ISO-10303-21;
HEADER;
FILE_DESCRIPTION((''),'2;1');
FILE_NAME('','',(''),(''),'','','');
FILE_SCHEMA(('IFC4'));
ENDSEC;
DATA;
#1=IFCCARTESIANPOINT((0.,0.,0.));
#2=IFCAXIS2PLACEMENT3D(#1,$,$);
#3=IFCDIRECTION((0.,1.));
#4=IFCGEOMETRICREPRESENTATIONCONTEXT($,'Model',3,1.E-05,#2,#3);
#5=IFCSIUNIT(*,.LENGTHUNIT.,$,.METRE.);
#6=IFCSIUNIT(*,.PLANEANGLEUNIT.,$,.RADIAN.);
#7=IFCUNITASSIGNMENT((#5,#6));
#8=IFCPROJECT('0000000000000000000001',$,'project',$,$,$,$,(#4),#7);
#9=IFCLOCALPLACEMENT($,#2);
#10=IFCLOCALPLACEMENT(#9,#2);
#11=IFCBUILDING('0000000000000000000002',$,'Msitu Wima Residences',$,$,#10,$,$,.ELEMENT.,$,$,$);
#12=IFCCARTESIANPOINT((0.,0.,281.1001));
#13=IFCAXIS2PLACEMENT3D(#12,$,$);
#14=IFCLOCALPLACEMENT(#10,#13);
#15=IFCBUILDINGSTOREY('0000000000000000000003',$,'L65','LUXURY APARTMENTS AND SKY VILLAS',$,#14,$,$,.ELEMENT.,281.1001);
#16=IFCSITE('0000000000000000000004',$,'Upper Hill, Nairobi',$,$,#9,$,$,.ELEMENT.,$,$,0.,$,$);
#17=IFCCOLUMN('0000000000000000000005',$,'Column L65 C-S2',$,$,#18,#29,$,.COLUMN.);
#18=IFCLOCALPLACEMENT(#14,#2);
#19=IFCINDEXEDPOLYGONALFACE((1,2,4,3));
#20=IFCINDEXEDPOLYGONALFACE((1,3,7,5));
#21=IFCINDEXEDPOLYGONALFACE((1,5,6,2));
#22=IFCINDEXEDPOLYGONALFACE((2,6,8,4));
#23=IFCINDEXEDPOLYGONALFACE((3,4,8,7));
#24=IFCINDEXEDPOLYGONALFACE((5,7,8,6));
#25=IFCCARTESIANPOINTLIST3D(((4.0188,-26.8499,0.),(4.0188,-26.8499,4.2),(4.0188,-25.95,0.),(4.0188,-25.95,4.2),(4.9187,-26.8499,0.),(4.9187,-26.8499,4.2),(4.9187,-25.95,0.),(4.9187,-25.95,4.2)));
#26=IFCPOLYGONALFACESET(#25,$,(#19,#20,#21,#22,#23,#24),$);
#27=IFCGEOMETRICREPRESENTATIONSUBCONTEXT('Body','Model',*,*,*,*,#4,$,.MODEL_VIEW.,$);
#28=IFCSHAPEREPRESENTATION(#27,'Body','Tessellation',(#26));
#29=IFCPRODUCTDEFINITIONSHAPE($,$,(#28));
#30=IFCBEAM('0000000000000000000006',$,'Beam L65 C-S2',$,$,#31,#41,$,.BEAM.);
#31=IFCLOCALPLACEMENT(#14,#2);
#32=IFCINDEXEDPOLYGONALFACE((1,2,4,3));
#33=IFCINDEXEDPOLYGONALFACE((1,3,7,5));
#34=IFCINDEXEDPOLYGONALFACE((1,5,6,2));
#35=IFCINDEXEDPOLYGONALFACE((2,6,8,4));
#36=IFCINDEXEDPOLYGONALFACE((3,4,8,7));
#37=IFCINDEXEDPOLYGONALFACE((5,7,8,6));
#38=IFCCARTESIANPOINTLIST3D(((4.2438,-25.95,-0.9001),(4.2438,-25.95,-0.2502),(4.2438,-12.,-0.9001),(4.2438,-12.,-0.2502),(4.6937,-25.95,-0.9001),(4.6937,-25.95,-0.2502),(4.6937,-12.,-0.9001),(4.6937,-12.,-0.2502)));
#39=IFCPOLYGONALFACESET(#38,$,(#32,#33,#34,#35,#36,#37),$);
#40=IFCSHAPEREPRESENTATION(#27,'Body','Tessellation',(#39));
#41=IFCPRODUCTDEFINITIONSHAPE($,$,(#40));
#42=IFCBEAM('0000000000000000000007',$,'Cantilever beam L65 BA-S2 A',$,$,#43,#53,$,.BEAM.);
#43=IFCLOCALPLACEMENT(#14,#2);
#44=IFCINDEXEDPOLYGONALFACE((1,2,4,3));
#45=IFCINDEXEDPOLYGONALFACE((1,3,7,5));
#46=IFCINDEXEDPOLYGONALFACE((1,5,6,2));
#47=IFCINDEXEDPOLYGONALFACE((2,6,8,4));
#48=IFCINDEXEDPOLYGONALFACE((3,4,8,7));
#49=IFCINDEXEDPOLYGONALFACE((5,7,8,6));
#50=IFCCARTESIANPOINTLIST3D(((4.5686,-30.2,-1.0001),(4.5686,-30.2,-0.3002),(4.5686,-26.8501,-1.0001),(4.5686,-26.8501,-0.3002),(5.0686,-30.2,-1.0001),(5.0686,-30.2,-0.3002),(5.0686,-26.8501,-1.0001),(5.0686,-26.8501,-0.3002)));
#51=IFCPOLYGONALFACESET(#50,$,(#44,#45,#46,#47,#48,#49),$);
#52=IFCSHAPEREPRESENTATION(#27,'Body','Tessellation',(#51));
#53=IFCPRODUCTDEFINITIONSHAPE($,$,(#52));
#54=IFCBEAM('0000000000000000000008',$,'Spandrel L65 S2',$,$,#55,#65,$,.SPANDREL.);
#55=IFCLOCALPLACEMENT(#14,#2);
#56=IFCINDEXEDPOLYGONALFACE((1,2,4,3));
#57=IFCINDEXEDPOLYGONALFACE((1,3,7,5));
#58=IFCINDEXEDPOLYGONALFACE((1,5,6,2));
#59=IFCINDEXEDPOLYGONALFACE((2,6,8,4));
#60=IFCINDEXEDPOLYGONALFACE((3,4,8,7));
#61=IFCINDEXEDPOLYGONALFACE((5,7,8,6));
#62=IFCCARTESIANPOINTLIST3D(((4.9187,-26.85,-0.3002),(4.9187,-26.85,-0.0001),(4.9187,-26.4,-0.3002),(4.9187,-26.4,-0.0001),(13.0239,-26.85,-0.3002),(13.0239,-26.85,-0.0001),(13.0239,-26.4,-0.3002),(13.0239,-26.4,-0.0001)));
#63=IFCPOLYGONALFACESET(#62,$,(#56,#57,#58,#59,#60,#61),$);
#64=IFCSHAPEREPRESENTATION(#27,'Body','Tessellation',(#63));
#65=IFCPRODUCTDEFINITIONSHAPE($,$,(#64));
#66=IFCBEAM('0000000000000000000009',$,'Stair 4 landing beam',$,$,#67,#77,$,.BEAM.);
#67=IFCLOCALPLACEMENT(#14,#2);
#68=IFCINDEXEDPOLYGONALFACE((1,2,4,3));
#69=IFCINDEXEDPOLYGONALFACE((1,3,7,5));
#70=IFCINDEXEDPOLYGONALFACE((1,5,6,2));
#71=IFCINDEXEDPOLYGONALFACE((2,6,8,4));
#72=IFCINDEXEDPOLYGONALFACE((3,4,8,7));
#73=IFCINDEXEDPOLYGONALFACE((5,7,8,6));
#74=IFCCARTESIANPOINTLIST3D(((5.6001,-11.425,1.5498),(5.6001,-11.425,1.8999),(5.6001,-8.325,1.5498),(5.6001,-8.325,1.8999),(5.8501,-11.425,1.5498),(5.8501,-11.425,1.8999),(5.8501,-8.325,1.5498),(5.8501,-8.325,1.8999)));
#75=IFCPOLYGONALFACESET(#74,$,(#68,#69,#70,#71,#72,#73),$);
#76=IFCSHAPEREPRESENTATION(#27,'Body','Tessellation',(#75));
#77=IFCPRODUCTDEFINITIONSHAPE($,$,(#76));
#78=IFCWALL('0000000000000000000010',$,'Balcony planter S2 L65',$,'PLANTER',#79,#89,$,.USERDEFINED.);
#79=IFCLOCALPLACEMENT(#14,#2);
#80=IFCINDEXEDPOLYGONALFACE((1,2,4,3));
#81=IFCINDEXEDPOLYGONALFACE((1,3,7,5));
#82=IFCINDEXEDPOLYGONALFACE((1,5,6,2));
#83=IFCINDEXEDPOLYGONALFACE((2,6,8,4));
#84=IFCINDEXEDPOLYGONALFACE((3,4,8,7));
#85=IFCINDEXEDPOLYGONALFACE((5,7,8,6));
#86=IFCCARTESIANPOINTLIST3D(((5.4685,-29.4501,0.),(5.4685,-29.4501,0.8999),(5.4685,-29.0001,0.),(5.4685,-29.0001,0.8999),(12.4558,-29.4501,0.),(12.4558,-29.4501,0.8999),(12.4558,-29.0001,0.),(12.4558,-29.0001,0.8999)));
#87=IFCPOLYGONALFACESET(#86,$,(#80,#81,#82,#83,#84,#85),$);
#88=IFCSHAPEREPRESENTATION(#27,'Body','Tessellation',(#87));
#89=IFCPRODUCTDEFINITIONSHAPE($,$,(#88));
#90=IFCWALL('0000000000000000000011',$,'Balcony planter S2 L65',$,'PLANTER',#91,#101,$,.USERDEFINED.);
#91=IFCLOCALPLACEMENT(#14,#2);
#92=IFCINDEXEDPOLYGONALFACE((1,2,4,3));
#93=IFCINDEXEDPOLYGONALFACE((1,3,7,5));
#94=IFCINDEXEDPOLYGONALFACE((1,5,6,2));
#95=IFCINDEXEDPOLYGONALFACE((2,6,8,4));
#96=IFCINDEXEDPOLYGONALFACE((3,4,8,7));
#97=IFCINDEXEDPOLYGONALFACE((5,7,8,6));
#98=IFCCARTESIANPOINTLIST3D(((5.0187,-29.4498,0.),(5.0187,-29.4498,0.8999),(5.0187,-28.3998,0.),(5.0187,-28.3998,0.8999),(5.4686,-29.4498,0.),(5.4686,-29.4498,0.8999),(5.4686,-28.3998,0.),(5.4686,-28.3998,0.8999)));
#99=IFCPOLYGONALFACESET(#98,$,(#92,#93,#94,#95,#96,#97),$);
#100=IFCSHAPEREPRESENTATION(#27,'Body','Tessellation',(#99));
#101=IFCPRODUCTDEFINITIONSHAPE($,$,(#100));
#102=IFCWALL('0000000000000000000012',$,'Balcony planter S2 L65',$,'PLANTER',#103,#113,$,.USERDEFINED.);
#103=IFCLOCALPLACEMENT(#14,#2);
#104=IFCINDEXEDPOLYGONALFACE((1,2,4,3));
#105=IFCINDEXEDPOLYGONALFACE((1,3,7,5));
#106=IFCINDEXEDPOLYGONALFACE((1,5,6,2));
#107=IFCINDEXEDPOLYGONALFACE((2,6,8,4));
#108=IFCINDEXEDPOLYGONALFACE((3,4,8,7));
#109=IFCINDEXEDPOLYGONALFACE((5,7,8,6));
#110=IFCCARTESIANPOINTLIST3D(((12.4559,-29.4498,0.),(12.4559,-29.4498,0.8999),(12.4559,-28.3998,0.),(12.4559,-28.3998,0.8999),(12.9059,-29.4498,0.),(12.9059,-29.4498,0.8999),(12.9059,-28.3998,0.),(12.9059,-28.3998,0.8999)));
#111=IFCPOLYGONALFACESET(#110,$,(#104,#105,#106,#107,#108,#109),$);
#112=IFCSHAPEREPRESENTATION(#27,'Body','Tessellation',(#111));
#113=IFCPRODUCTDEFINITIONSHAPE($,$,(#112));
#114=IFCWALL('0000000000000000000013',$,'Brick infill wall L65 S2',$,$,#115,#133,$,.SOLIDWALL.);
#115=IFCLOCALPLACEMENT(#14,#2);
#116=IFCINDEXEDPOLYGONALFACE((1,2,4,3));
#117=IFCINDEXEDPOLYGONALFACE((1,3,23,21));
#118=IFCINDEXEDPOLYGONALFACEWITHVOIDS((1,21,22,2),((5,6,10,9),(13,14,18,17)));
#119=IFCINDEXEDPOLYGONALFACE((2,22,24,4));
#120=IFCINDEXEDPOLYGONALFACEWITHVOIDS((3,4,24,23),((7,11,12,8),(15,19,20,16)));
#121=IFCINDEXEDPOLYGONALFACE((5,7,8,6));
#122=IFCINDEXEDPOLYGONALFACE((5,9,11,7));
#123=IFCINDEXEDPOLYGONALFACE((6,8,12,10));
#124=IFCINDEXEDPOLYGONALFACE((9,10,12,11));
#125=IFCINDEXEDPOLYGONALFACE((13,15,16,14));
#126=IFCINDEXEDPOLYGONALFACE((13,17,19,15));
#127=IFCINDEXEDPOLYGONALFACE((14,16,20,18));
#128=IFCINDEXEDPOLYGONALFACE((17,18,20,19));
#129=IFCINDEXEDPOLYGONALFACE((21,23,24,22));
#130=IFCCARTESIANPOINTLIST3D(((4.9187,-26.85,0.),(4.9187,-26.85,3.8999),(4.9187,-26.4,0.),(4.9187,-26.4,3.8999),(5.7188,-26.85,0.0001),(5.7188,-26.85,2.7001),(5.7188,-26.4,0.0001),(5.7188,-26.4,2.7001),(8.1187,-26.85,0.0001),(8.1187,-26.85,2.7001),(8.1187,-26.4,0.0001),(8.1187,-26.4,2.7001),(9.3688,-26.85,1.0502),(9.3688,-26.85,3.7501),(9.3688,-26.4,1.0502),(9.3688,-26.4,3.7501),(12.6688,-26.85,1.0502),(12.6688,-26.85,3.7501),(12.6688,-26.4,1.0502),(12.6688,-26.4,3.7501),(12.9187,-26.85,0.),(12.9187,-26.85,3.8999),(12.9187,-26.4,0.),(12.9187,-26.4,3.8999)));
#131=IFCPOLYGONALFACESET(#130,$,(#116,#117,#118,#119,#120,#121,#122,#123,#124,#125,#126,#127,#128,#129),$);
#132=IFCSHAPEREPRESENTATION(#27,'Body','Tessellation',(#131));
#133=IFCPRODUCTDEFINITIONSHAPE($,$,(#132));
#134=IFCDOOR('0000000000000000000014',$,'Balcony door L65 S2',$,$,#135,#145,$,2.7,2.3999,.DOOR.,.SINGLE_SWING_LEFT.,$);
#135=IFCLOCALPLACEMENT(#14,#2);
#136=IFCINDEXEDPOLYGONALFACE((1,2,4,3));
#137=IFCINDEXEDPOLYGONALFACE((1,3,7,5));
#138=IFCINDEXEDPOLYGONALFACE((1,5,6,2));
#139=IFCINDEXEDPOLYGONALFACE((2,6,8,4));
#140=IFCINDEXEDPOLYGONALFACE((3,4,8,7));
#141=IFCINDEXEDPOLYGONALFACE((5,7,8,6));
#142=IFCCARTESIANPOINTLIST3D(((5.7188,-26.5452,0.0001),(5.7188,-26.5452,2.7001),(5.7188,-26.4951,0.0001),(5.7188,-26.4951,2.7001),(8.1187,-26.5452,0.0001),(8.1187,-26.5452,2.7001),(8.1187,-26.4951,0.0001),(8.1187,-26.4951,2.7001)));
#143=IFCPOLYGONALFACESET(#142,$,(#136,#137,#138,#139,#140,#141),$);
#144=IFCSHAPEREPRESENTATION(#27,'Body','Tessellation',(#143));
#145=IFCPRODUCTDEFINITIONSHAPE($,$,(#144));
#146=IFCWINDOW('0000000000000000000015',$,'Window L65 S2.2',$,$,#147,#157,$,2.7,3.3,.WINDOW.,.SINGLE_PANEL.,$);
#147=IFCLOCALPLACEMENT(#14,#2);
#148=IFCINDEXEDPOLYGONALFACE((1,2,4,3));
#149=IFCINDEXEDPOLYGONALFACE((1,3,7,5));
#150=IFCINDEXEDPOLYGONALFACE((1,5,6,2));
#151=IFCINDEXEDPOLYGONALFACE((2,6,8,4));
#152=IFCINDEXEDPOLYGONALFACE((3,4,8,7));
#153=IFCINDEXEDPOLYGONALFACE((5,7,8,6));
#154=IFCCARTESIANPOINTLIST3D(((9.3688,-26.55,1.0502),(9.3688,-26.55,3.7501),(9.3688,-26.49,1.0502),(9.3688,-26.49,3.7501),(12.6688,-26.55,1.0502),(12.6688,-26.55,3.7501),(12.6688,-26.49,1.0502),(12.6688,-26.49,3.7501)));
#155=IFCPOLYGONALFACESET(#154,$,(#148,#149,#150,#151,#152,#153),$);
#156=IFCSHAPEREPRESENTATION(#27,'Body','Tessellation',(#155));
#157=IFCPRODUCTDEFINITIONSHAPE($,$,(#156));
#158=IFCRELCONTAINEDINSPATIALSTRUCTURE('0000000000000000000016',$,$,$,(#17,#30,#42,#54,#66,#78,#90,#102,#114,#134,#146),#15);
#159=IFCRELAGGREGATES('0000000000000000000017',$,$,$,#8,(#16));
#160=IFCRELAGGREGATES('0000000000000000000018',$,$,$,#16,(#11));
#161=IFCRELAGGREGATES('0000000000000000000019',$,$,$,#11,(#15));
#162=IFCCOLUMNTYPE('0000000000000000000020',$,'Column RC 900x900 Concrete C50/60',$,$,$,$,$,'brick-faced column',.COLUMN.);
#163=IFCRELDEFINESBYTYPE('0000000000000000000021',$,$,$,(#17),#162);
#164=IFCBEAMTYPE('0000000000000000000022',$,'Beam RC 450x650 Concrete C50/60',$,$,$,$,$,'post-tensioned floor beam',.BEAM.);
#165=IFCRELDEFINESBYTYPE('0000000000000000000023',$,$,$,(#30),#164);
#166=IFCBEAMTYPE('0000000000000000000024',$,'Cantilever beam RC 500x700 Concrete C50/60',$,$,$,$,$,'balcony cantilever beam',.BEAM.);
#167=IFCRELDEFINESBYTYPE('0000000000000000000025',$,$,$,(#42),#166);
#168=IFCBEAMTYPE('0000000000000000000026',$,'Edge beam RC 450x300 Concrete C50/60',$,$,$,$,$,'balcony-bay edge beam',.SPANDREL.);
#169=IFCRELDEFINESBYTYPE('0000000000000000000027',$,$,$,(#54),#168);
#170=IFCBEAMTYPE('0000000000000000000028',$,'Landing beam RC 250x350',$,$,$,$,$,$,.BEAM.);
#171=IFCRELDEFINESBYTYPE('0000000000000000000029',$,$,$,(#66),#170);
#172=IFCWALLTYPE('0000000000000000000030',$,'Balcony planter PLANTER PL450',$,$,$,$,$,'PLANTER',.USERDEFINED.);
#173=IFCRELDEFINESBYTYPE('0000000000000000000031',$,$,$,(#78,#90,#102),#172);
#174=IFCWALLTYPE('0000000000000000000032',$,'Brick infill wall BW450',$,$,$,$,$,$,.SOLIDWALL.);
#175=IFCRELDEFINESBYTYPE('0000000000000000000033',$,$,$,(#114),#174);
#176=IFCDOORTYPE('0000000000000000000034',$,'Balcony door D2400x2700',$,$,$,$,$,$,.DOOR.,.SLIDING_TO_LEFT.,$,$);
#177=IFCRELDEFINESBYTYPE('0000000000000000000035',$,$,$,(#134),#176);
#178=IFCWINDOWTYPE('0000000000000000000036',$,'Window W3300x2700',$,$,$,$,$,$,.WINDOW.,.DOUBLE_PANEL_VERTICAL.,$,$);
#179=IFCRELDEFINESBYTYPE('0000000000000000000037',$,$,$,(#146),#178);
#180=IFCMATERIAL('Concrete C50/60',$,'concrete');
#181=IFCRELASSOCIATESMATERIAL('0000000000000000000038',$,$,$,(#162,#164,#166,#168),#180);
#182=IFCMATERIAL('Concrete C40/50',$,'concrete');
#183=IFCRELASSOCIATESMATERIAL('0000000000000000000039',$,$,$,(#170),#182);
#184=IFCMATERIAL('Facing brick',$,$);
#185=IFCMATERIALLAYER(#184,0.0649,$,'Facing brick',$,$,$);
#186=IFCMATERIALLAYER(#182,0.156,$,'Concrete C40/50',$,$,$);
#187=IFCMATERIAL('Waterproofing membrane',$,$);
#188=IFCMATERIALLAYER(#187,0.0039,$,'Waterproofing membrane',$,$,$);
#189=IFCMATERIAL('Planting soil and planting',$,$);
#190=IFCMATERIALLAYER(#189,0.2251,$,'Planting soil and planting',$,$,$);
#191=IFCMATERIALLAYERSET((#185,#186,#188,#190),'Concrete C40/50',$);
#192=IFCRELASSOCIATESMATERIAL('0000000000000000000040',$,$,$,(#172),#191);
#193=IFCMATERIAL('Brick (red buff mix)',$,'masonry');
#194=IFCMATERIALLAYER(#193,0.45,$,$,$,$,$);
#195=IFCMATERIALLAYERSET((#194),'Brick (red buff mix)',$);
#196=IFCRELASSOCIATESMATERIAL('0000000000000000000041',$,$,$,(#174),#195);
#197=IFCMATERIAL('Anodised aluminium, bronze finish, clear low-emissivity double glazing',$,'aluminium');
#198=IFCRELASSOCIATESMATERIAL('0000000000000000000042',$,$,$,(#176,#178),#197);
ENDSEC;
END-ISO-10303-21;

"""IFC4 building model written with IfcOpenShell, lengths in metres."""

from ifc_helpers import new_model, si_unit, direction, frame, frame_2d, origin, origin_2d, place, context, subcontext, project, spatial, rectangle, extrude, material, layer, layer_set, material_profile, profile_set, type_object, element, fill, save


model = new_model("IFC4")

# Units and contexts
model_context = context("Model", 3, precision=1e-05, world=origin(), true_north=direction((0.0, 1.0)))
body_context = subcontext(model_context, "Body", "Model", "MODEL_VIEW")
ifc_project = project(units=[si_unit("LENGTHUNIT", "METRE"), si_unit("PLANEANGLEUNIT", "RADIAN")], contexts=[model_context])

# Site, building, storey
site_placement = place(None, origin())
site = spatial("IfcSite", under=ifc_project, at=site_placement, Name="Upper Hill, Nairobi", CompositionType="ELEMENT", RefElevation=0.0)
building_placement = place(site_placement, origin())
building = spatial("IfcBuilding", under=site, at=building_placement, Name="Msitu Wima Residences", CompositionType="ELEMENT")
storey_placement = place(building_placement, frame((0.0, 0.0, 281.1001)))
storey = spatial("IfcBuildingStorey", under=building, at=storey_placement, Name="L65", Description="LUXURY APARTMENTS AND SKY VILLAS", CompositionType="ELEMENT", Elevation=281.1001)

# Column
ifc_material_1 = material(Name="Concrete C50/60", Category="concrete")
ifc_material_profile_1 = material_profile(ifc_material_1, rectangle(XDim=0.8999, YDim=0.8999, at=origin_2d()), Name="RC 900x900")
ifc_profile_set_1 = profile_set([ifc_material_profile_1], Name="Concrete C50/60")
column_type = type_object("IfcColumnType", Name="Column RC 900x900 Concrete C50/60", ElementType="brick-faced column", PredefinedType="COLUMN", material=ifc_profile_set_1)
column_placement = place(storey_placement, frame((4.4688, -26.3999, 0.0), z_axis=(0.0, 0.0, 1.0), x_axis=(1.0, 0.0, 0.0)))
element("IfcColumn", 1, at=column_placement, inside=storey, type_object=column_type, Name="Column L65 C-S2", PredefinedType="COLUMN", context=body_context, shape_type="SweptSolid", body=[
    extrude(rectangle(XDim=0.8999, YDim=0.8999, at=origin_2d()), origin(), (0.0, 0.0, 1.0), 4.2),
])

# Beams
ifc_material_profile_2 = material_profile(ifc_material_1, rectangle(XDim=0.45, YDim=0.6499, at=origin_2d()), Name="RC 450x650")
ifc_profile_set_2 = profile_set([ifc_material_profile_2], Name="Concrete C50/60")
beam_type_1 = type_object("IfcBeamType", Name="Beam RC 450x650 Concrete C50/60", ElementType="post-tensioned floor beam", PredefinedType="BEAM", material=ifc_profile_set_2)
beam_1_placement = place(storey_placement, frame((4.4688, -25.95, -0.5752), z_axis=(0.0, 1.0, 0.0), x_axis=(-1.0, 0.0, 0.0)))
element("IfcBeam", 2, at=beam_1_placement, inside=storey, type_object=beam_type_1, Name="Beam L65 C-S2", PredefinedType="BEAM", context=body_context, shape_type="SweptSolid", body=[
    extrude(rectangle(XDim=0.45, YDim=0.6499, at=origin_2d()), origin(), (0.0, 0.0, 1.0), 13.95),
])
ifc_material_profile_3 = material_profile(ifc_material_1, rectangle(XDim=0.5, YDim=0.7, at=origin_2d()), Name="RC 500x700")
ifc_profile_set_3 = profile_set([ifc_material_profile_3], Name="Concrete C50/60")
beam_type_2 = type_object("IfcBeamType", Name="Cantilever beam RC 500x700 Concrete C50/60", ElementType="balcony cantilever beam", PredefinedType="BEAM", material=ifc_profile_set_3)
beam_2_placement = place(storey_placement, frame((4.8186, -26.8501, -0.6501), z_axis=(0.0, -1.0, 0.0), x_axis=(1.0, 0.0, 0.0)))
element("IfcBeam", 3, at=beam_2_placement, inside=storey, type_object=beam_type_2, Name="Cantilever beam L65 BA-S2 A", PredefinedType="BEAM", context=body_context, shape_type="SweptSolid", body=[
    extrude(rectangle(XDim=0.5, YDim=0.7, at=origin_2d()), origin(), (0.0, 0.0, 1.0), 3.3499),
])
ifc_material_profile_4 = material_profile(ifc_material_1, rectangle(XDim=0.45, YDim=0.3, at=origin_2d()), Name="RC 450x300")
ifc_profile_set_4 = profile_set([ifc_material_profile_4], Name="Concrete C50/60")
beam_type_3 = type_object("IfcBeamType", Name="Edge beam RC 450x300 Concrete C50/60", ElementType="balcony-bay edge beam", PredefinedType="SPANDREL", material=ifc_profile_set_4)
beam_3_placement = place(storey_placement, frame((4.9187, -26.625, -0.1501), z_axis=(1.0, 0.0, 0.0), x_axis=(0.0, 1.0, 0.0)))
element("IfcBeam", 4, at=beam_3_placement, inside=storey, type_object=beam_type_3, Name="Spandrel L65 S2", PredefinedType="SPANDREL", context=body_context, shape_type="SweptSolid", body=[
    extrude(rectangle(XDim=0.45, YDim=0.3, at=origin_2d()), origin(), (0.0, 0.0, 1.0), 8.1052),
])
ifc_material_2 = material(Name="Concrete C40/50", Category="concrete")
ifc_material_profile_5 = material_profile(ifc_material_2, rectangle(XDim=0.25, YDim=0.3501, at=origin_2d()), Name="RC 250x350")
ifc_profile_set_5 = profile_set([ifc_material_profile_5], Name="Concrete C40/50")
beam_type_4 = type_object("IfcBeamType", Name="Landing beam RC 250x350", PredefinedType="BEAM", material=ifc_profile_set_5)
beam_4_placement = place(storey_placement, frame((5.7251, -11.425, 1.7249), z_axis=(0.0, 1.0, 0.0), x_axis=(-1.0, 0.0, 0.0)))
element("IfcBeam", 5, at=beam_4_placement, inside=storey, type_object=beam_type_4, Name="Stair 4 landing beam", PredefinedType="BEAM", context=body_context, shape_type="SweptSolid", body=[
    extrude(rectangle(XDim=0.25, YDim=0.3501, at=origin_2d()), origin(), (0.0, 0.0, 1.0), 3.1001),
])

# Walls
ifc_material_3 = material(Name="Facing brick")
ifc_layer_1 = layer(ifc_material_3, 0.0649, Name="Facing brick")
ifc_layer_2 = layer(ifc_material_2, 0.156, Name="Concrete C40/50")
ifc_material_4 = material(Name="Waterproofing membrane")
ifc_layer_3 = layer(ifc_material_4, 0.0039, Name="Waterproofing membrane")
ifc_material_5 = material(Name="Planting soil and planting")
ifc_layer_4 = layer(ifc_material_5, 0.2251, Name="Planting soil and planting")
ifc_layer_set_1 = layer_set([ifc_layer_1, ifc_layer_2, ifc_layer_3, ifc_layer_4], Name="Concrete C40/50")
wall_type_1 = type_object("IfcWallType", Name="Balcony planter PLANTER PL450", ElementType="PLANTER", PredefinedType="USERDEFINED", material=ifc_layer_set_1)
wall_1_placement = place(storey_placement, frame((5.4685, -29.2251, 0.0), z_axis=(0.0, 0.0, 1.0), x_axis=(1.0, 0.0, 0.0)))
element("IfcWall", 6, at=wall_1_placement, inside=storey, type_object=wall_type_1, Name="Balcony planter S2 L65", ObjectType="PLANTER", PredefinedType="USERDEFINED", context=body_context, shape_type="SweptSolid", body=[
    extrude(rectangle(XDim=6.9873, YDim=0.45, at=frame_2d((3.4937, 0.0))), origin(), (0.0, 0.0, 1.0), 0.8999),
])
for number, where, z_axis, x_axis, name in (
    (7, (5.2437, -28.3999, 0.0), (0.0, 0.0, 1.0), (0.0, -1.0, 0.0), "Balcony planter S2 L65"),
    (8, (12.6809, -28.3999, 0.0), (0.0, 0.0, 1.0), (0.0, -1.0, 0.0), "Balcony planter S2 L65"),
):
    element("IfcWall", number, at=place(storey_placement, frame(where, z_axis=z_axis, x_axis=x_axis)), inside=storey, type_object=wall_type_1, Name=name, ObjectType="PLANTER", PredefinedType="USERDEFINED", context=body_context, shape_type="SweptSolid", body=[
        extrude(rectangle(XDim=1.05, YDim=0.45, at=frame_2d((0.5249, 0.0))), origin(), (0.0, 0.0, 1.0), 0.8999),
    ])

# Wall, openings, door, window
ifc_material_6 = material(Name="Brick (red buff mix)", Category="masonry")
ifc_layer_5 = layer(ifc_material_6, 0.45)
ifc_layer_set_2 = layer_set([ifc_layer_5], Name="Brick (red buff mix)")
wall_type_2 = type_object("IfcWallType", Name="Brick infill wall BW450", PredefinedType="SOLIDWALL", material=ifc_layer_set_2)
wall_2_placement = place(storey_placement, frame((4.9187, -26.625, 0.0), z_axis=(0.0, 0.0, 1.0), x_axis=(1.0, 0.0, 0.0)))
wall_2 = element("IfcWall", 9, at=wall_2_placement, inside=storey, type_object=wall_type_2, Name="Brick infill wall L65 S2", PredefinedType="SOLIDWALL", context=body_context, shape_type="SweptSolid", body=[
    extrude(rectangle(XDim=8.0, YDim=0.45, at=frame_2d((4.0, 0.0))), origin(), (0.0, 0.0, 1.0), 3.8999),
])
opening_1_placement = place(wall_2_placement, frame((0.8, 0.0, 0.0)))
opening_1 = element("IfcOpeningElement", 10, at=opening_1_placement, cuts=wall_2, PredefinedType="OPENING", context=body_context, shape_type="SweptSolid", body=[
    extrude(rectangle(XDim=2.3999, YDim=2.7, at=frame_2d((1.2, 1.3501))), frame((0.0, 0.2349, 0.0), z_axis=(0.0, -1.0, 0.0), x_axis=(1.0, 0.0, 0.0)), (0.0, 0.0, 1.0), 0.47),
])
opening_2_placement = place(wall_2_placement, frame((4.4502, 0.0, 1.05)))
opening_2 = element("IfcOpeningElement", 11, at=opening_2_placement, cuts=wall_2, PredefinedType="OPENING", context=body_context, shape_type="SweptSolid", body=[
    extrude(rectangle(XDim=3.3, YDim=2.7, at=frame_2d((1.6499, 1.3501))), frame((0.0, 0.2349, 0.0), z_axis=(0.0, -1.0, 0.0), x_axis=(1.0, 0.0, 0.0)), (0.0, 0.0, 1.0), 0.47),
])
ifc_material_7 = material(Name="Anodised aluminium, bronze finish, clear low-emissivity double glazing", Category="aluminium")
door_type_1 = type_object("IfcDoorType", Name="Balcony door D2400x2700", OperationType="SLIDING_TO_LEFT", PredefinedType="DOOR", material=ifc_material_7)
door_1_placement = place(opening_1_placement, origin())
door_1 = element("IfcDoor", 12, at=door_1_placement, inside=storey, type_object=door_type_1, Name="Balcony door L65 S2", OperationType="SINGLE_SWING_LEFT", OverallHeight=2.7, OverallWidth=2.3999, PredefinedType="DOOR", context=body_context, shape_type="SweptSolid", body=[
    extrude(rectangle(XDim=2.3999, YDim=2.7, at=frame_2d((1.2, 1.3501))), frame((0.0, 0.1299, 0.0), z_axis=(0.0, -1.0, 0.0), x_axis=(1.0, 0.0, 0.0)), (0.0, 0.0, 1.0), 0.05),
])
fill(opening_1, door_1)
window_type = type_object("IfcWindowType", Name="Window W3300x2700", PartitioningType="DOUBLE_PANEL_VERTICAL", PredefinedType="WINDOW", material=ifc_material_7)
window_placement = place(opening_2_placement, origin())
window = element("IfcWindow", 13, at=window_placement, inside=storey, type_object=window_type, Name="Window L65 S2.2", OverallHeight=2.7, OverallWidth=3.3, PartitioningType="SINGLE_PANEL", PredefinedType="WINDOW", context=body_context, shape_type="SweptSolid", body=[
    extrude(rectangle(XDim=3.3, YDim=2.7, at=frame_2d((1.6499, 1.3501))), frame((0.0, 0.135, 0.0), z_axis=(0.0, -1.0, 0.0), x_axis=(1.0, 0.0, 0.0)), (0.0, 0.0, 1.0), 0.0601),
])
fill(opening_2, window)

save(model, "model.ifc")
